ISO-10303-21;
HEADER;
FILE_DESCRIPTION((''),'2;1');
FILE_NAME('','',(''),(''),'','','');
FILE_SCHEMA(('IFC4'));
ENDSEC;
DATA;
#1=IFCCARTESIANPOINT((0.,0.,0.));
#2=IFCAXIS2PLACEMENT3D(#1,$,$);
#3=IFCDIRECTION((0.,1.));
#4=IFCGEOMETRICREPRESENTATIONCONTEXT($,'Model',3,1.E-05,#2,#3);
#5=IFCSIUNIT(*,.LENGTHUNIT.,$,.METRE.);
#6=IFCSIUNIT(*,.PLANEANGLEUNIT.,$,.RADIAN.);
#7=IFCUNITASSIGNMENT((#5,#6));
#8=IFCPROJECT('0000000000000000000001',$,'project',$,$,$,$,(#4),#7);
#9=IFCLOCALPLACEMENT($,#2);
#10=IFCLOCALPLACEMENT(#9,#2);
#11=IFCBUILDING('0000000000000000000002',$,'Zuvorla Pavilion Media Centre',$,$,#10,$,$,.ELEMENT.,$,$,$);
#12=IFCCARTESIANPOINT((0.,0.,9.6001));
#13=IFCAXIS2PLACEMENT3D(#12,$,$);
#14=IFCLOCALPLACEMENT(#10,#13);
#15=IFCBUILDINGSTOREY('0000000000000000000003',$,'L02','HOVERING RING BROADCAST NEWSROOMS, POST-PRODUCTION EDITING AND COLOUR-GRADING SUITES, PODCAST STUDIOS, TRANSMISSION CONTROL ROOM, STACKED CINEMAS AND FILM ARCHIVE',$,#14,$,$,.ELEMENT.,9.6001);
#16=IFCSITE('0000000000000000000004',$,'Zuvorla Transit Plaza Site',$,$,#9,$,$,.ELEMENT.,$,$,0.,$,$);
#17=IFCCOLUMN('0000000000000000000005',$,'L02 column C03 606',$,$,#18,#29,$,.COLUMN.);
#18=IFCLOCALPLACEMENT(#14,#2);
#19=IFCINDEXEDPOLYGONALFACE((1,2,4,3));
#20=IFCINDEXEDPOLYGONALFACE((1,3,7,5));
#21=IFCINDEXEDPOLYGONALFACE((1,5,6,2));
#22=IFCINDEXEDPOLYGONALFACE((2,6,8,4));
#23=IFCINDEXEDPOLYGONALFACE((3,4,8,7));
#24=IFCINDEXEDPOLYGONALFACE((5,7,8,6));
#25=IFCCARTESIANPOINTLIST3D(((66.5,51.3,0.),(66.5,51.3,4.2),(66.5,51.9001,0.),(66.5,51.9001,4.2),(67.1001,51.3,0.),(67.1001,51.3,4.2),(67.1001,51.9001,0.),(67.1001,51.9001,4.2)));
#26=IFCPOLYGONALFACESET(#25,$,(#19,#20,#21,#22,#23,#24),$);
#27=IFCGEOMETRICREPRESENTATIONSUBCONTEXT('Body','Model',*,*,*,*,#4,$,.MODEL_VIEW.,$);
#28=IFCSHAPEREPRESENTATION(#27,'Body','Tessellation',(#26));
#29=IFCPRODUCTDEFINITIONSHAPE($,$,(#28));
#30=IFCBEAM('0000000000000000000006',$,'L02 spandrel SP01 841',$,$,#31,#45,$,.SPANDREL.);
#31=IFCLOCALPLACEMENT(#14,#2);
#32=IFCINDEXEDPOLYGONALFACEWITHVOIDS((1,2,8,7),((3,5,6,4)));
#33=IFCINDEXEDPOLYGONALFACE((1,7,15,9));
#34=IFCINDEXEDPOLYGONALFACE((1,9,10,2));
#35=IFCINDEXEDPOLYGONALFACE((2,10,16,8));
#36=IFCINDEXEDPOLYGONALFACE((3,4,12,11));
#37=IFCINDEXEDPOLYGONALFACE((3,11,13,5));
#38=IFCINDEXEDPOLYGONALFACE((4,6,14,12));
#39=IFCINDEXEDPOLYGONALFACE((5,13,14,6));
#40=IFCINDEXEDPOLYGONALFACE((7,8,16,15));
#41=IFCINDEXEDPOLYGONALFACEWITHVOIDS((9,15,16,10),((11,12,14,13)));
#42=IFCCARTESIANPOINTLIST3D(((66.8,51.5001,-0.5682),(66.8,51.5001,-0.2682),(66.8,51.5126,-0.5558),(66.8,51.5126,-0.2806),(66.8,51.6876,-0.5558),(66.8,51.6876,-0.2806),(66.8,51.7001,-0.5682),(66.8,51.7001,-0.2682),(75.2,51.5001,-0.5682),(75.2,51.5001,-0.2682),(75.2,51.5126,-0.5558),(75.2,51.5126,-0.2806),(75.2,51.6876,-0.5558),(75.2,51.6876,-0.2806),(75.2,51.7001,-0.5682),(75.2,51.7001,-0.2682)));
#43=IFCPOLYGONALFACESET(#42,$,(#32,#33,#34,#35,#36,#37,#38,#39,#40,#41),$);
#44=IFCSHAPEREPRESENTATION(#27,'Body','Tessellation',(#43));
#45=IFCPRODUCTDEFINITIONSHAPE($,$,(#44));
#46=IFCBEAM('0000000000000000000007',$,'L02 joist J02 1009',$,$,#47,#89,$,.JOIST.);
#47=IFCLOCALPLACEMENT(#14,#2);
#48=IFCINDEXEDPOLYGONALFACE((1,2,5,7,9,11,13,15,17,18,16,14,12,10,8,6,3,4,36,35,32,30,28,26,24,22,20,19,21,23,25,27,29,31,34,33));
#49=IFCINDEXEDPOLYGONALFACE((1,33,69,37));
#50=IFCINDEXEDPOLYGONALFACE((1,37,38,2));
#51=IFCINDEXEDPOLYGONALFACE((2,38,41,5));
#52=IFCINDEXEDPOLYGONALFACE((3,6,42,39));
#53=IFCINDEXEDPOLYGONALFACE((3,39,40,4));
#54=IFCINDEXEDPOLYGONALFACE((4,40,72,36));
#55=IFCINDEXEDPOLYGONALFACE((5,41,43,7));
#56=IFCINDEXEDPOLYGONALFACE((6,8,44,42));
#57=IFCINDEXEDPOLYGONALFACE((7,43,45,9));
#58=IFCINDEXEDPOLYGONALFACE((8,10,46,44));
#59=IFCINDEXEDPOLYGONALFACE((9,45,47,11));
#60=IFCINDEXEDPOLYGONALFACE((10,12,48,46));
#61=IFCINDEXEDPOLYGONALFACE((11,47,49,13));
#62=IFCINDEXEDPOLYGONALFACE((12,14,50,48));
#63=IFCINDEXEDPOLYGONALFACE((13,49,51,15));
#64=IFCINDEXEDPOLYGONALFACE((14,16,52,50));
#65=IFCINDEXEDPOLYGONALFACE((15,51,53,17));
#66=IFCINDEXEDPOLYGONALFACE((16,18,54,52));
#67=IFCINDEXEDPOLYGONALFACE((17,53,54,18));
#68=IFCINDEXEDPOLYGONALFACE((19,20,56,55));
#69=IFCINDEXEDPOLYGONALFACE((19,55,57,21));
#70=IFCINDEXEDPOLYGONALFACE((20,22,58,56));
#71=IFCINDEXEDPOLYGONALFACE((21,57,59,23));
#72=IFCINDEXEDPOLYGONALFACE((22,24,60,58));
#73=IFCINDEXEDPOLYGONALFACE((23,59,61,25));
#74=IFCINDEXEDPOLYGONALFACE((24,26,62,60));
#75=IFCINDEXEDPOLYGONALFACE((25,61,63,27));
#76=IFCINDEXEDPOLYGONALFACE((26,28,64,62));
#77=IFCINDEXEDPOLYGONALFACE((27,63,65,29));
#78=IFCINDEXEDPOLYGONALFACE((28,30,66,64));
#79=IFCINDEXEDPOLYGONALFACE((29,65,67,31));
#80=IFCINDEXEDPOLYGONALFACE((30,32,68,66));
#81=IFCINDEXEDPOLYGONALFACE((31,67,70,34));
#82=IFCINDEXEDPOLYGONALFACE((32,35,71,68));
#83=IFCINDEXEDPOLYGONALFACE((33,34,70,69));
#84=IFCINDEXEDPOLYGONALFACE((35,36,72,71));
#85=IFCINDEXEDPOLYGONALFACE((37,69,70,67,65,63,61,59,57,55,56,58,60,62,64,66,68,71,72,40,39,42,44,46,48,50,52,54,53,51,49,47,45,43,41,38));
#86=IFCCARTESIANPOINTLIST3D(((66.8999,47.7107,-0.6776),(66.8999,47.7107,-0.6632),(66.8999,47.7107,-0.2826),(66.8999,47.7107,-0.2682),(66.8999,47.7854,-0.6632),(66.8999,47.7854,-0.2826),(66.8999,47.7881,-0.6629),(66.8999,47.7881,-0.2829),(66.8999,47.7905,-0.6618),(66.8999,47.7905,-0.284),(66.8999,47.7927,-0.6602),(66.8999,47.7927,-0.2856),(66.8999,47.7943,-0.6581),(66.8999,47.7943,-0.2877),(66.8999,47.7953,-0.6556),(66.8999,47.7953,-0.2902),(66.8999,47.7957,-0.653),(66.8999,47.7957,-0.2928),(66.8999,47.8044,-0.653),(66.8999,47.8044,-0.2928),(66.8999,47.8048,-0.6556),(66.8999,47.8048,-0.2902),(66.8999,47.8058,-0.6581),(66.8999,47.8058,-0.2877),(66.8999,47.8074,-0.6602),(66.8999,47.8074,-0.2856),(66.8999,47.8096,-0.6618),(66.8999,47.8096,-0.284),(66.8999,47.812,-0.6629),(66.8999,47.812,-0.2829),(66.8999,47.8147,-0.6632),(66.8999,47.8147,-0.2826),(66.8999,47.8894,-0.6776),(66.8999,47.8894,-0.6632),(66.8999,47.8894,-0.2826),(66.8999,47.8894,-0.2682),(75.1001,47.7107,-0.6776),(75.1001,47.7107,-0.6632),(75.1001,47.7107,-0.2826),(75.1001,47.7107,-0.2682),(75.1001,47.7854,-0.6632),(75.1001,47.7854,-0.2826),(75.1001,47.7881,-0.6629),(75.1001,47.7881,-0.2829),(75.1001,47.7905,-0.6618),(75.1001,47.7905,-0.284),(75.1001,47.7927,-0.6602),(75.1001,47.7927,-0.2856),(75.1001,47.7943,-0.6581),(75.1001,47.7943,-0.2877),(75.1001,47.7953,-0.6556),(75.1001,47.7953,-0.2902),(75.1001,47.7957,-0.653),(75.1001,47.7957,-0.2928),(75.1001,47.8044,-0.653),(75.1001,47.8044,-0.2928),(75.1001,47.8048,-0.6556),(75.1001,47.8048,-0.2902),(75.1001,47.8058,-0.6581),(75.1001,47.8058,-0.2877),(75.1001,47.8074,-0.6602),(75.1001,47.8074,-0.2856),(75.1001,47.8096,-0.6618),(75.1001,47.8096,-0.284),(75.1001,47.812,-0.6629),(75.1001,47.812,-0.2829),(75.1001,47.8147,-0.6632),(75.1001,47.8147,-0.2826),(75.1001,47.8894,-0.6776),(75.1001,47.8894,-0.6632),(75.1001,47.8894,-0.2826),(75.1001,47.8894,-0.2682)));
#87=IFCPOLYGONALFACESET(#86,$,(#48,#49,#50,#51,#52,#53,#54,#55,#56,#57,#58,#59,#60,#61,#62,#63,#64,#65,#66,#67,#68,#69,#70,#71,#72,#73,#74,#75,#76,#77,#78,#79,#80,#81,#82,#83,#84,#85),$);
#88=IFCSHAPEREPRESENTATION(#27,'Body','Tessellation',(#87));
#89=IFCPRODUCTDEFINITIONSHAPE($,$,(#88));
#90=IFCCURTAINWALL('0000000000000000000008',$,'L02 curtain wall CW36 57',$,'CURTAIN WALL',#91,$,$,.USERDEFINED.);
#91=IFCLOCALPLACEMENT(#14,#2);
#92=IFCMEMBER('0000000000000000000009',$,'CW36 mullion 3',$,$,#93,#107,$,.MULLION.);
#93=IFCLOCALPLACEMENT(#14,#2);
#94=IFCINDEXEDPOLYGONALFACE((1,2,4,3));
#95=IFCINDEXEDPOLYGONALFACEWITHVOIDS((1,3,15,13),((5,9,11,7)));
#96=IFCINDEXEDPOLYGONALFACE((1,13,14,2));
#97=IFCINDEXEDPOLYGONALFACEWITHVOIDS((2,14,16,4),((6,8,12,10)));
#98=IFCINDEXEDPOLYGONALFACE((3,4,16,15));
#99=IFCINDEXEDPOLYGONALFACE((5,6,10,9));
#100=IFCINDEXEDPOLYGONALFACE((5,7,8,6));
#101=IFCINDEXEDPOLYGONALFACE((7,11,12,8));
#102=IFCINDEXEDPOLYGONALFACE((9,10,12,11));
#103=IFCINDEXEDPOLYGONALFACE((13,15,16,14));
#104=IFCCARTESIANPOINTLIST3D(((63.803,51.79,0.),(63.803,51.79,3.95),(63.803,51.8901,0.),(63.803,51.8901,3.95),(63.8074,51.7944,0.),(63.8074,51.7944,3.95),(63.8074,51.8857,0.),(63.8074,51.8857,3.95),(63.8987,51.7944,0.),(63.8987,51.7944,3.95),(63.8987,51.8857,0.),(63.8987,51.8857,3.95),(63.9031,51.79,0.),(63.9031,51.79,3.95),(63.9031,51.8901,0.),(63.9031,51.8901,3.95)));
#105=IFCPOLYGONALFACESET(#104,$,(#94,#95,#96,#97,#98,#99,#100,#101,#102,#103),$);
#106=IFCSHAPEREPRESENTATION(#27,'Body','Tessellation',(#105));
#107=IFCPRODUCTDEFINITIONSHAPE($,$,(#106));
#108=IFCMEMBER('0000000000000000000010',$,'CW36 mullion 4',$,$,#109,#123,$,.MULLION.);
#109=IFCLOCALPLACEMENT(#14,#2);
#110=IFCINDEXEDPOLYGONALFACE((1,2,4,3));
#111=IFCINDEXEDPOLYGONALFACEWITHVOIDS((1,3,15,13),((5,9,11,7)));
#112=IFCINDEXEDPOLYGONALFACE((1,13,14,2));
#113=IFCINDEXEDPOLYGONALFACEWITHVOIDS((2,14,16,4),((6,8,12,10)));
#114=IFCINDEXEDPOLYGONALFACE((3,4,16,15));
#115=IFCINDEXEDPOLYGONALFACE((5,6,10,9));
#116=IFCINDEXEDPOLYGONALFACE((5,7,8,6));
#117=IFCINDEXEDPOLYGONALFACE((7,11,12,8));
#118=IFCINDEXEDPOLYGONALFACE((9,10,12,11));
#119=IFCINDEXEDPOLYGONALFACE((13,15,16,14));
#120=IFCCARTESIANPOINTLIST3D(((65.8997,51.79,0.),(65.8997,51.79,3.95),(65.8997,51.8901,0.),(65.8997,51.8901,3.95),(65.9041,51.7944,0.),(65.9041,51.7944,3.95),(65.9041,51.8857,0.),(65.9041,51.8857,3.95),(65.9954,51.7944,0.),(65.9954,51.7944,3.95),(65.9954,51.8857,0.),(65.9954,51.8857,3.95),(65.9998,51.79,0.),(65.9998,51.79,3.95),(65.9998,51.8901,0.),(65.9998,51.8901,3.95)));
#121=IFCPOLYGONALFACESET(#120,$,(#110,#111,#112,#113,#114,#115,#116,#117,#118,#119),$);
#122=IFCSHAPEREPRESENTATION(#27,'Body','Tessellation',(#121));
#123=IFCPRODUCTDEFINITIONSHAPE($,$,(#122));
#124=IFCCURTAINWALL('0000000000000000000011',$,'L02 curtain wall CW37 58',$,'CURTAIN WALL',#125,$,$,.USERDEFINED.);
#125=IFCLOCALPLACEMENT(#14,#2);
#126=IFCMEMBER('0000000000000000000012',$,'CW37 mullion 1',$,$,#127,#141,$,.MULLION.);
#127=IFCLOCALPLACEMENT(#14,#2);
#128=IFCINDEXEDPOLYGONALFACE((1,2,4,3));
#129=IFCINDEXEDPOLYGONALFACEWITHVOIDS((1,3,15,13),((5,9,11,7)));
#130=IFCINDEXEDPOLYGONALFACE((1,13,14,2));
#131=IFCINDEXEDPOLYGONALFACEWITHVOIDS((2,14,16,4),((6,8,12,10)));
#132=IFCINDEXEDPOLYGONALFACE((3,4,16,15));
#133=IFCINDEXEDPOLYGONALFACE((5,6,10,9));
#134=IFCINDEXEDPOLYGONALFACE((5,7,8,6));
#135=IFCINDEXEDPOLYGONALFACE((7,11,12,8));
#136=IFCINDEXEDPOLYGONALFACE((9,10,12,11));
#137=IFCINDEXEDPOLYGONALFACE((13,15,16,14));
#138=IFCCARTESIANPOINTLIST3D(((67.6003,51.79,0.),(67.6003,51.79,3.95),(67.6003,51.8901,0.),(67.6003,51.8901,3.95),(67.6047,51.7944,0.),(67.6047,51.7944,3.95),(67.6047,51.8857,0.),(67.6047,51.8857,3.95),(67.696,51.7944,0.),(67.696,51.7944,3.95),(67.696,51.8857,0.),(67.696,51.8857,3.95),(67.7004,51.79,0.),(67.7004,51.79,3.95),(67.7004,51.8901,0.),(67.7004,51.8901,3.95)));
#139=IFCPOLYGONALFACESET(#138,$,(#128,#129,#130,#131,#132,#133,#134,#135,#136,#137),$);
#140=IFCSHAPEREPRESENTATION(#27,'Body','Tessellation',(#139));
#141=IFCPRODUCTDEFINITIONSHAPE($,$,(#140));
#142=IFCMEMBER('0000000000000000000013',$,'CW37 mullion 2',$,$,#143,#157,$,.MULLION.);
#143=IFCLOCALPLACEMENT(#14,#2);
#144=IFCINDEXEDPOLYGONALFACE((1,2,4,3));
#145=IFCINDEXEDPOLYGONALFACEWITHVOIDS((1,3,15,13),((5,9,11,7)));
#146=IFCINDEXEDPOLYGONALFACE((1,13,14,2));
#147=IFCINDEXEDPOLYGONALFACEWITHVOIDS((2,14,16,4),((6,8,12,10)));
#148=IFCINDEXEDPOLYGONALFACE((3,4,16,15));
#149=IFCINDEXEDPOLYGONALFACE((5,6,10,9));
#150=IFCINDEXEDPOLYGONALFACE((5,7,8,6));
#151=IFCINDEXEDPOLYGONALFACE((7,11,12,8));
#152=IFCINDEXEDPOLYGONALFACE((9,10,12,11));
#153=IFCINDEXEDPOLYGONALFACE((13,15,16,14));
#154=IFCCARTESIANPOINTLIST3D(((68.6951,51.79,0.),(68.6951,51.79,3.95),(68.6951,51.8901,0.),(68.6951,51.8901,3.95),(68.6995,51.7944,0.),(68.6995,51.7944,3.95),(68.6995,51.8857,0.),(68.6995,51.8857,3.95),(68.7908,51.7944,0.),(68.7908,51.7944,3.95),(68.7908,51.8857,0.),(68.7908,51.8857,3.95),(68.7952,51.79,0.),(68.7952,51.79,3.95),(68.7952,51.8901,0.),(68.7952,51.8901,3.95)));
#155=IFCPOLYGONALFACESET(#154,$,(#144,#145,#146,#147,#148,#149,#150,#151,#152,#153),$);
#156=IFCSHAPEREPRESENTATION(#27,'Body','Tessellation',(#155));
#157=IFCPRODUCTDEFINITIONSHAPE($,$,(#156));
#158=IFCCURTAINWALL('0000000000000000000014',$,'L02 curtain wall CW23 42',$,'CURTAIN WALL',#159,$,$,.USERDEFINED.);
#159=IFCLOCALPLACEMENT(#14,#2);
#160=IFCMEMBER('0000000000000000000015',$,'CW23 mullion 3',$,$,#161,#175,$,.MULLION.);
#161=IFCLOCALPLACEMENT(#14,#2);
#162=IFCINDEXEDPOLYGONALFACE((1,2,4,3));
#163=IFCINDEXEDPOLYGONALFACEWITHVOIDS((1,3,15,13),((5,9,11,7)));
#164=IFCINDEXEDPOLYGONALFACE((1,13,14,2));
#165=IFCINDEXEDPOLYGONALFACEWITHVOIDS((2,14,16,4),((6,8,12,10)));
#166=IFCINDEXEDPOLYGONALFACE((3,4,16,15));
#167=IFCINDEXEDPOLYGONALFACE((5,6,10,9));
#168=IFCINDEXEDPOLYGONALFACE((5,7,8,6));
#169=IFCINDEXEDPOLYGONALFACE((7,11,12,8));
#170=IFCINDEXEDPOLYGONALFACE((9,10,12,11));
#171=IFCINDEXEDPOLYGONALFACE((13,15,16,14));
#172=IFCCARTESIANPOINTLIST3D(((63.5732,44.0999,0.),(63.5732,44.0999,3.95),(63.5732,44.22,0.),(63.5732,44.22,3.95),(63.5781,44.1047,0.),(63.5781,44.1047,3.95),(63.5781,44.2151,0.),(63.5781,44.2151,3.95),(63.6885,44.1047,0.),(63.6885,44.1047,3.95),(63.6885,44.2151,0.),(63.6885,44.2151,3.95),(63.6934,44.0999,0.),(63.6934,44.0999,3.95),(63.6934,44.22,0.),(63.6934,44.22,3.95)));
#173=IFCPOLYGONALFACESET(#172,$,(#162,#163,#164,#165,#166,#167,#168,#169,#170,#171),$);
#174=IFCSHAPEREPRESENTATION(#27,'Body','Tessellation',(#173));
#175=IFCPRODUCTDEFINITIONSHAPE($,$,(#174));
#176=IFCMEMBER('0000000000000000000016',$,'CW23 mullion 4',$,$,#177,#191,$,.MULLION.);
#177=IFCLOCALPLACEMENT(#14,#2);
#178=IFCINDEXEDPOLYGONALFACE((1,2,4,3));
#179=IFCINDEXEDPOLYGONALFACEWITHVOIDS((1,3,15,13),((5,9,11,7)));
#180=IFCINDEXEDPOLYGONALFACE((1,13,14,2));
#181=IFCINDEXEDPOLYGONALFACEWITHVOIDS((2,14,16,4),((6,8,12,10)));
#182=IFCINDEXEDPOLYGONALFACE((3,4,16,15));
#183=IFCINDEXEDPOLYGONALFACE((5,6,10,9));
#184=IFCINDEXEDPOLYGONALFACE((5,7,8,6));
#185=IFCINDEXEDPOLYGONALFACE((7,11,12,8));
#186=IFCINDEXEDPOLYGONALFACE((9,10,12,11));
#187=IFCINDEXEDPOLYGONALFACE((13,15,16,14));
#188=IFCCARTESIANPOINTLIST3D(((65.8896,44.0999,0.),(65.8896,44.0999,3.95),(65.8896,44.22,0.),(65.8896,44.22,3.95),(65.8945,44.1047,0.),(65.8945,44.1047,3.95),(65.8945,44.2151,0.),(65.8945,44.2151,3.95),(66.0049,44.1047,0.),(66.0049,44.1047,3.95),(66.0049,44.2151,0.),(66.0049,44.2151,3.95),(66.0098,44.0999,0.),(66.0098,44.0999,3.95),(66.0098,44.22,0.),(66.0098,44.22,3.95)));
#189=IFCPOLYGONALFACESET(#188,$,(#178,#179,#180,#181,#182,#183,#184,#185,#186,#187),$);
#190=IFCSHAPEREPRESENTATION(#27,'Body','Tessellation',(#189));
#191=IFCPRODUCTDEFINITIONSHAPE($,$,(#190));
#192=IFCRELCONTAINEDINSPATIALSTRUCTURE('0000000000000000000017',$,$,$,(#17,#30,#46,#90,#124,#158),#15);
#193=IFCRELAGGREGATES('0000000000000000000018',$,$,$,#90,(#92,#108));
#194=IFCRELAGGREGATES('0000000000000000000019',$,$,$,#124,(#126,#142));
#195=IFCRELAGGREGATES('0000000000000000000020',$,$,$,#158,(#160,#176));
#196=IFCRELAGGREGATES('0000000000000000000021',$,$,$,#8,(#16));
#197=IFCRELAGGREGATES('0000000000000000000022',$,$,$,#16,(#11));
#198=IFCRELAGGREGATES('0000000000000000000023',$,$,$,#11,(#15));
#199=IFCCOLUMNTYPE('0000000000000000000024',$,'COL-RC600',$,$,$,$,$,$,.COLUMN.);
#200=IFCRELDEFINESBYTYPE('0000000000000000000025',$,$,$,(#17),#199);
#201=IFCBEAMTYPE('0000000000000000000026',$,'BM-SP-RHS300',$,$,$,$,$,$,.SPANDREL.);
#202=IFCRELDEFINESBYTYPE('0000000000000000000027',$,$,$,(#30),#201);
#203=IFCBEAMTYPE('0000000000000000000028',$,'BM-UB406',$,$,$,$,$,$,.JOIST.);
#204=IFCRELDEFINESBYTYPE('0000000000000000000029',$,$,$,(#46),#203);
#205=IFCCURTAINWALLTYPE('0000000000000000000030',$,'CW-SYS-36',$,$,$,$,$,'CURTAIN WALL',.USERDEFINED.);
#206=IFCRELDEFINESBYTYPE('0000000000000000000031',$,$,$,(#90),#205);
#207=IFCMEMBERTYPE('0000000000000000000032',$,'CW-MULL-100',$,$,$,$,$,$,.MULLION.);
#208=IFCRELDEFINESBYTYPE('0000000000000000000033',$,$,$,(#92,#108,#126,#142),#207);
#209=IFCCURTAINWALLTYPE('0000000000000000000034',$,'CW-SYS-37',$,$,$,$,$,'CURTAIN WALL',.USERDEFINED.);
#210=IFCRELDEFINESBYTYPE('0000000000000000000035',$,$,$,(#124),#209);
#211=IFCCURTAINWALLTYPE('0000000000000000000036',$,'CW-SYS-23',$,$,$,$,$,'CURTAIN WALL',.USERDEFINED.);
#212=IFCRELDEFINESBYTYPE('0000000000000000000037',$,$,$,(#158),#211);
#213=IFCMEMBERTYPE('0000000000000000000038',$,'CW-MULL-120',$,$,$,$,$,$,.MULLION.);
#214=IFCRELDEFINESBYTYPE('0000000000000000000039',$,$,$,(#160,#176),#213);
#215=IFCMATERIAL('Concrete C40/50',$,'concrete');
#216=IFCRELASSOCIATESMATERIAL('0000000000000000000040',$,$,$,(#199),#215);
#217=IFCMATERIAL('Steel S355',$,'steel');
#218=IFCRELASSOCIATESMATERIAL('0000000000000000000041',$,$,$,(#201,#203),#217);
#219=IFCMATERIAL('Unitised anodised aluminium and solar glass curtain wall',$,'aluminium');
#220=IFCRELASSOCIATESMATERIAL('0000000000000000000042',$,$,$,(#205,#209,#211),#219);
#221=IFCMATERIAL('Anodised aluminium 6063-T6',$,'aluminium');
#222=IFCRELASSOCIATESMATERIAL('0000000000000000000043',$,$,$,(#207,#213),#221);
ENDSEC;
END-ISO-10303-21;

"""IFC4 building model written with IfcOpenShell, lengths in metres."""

from ifc_helpers import new_model, si_unit, direction, frame, origin, origin_2d, place, context, subcontext, project, spatial, rectangle, hollow_rectangle, i_section, extrude, material, material_profile, profile_set, type_object, element, aggregate, save


model = new_model("IFC4")

# Units and contexts
model_context = context("Model", 3, precision=1e-05, world=origin(), true_north=direction((0.0, 1.0)))
body_context = subcontext(model_context, "Body", "Model", "MODEL_VIEW")
ifc_project = project(units=[si_unit("LENGTHUNIT", "METRE"), si_unit("PLANEANGLEUNIT", "RADIAN")], contexts=[model_context])

# Site, building, storey
site_placement = place(None, origin())
site = spatial("IfcSite", under=ifc_project, at=site_placement, Name="Zuvorla Transit Plaza Site", CompositionType="ELEMENT", RefElevation=0.0)
building_placement = place(site_placement, origin())
building = spatial("IfcBuilding", under=site, at=building_placement, Name="Zuvorla Pavilion Media Centre", CompositionType="ELEMENT")
storey_placement = place(building_placement, frame((0.0, 0.0, 9.6001)))
storey = spatial("IfcBuildingStorey", under=building, at=storey_placement, Name="L02", Description="HOVERING RING BROADCAST NEWSROOMS, POST-PRODUCTION EDITING AND COLOUR-GRADING SUITES, PODCAST STUDIOS, TRANSMISSION CONTROL ROOM, STACKED CINEMAS AND FILM ARCHIVE", CompositionType="ELEMENT", Elevation=9.6001)

# Column
ifc_material_1 = material(Name="Concrete C40/50", Category="concrete")
ifc_material_profile_1 = material_profile(ifc_material_1, rectangle(XDim=0.6001, YDim=0.6001, at=origin_2d()), Name="RC 600x600")
ifc_profile_set_1 = profile_set([ifc_material_profile_1], Name="Concrete C40/50")
column_type = type_object("IfcColumnType", Name="COL-RC600", PredefinedType="COLUMN", material=ifc_profile_set_1)
column_placement = place(storey_placement, frame((66.8, 51.6001, 0.0), z_axis=(0.0, 0.0, 1.0), x_axis=(1.0, 0.0, 0.0)))
element("IfcColumn", 1, at=column_placement, inside=storey, type_object=column_type, Name="L02 column C03 606", PredefinedType="COLUMN", context=body_context, shape_type="SweptSolid", body=[
    extrude(rectangle(XDim=0.6001, YDim=0.6001, at=origin_2d()), origin(), (0.0, 0.0, 1.0), 4.2),
])

# Beams
ifc_material_2 = material(Name="Steel S355", Category="steel")
ifc_material_profile_2 = material_profile(ifc_material_2, hollow_rectangle(XDim=0.2, YDim=0.3, WallThickness=0.0125, at=origin_2d()), Name="RHS 300x200x12.5")
ifc_profile_set_2 = profile_set([ifc_material_profile_2], Name="Steel S355")
beam_type_1 = type_object("IfcBeamType", Name="BM-SP-RHS300", PredefinedType="SPANDREL", material=ifc_profile_set_2)
beam_1_placement = place(storey_placement, frame((66.8, 51.6001, -0.4182), z_axis=(1.0, 0.0, 0.0), x_axis=(0.0, 1.0, 0.0)))
element("IfcBeam", 2, at=beam_1_placement, inside=storey, type_object=beam_type_1, Name="L02 spandrel SP01 841", PredefinedType="SPANDREL", context=body_context, shape_type="SweptSolid", body=[
    extrude(hollow_rectangle(XDim=0.2, YDim=0.3, WallThickness=0.0125, at=origin_2d()), origin(), (0.0, 0.0, 1.0), 8.3999),
])
ifc_material_profile_3 = material_profile(ifc_material_2, i_section(OverallWidth=0.1787, OverallDepth=0.4094, WebThickness=0.0088, FlangeThickness=0.0144, FilletRadius=0.0103, at=origin_2d()), Name="UB 406x178x67")
ifc_profile_set_3 = profile_set([ifc_material_profile_3], Name="Steel S355")
beam_type_2 = type_object("IfcBeamType", Name="BM-UB406", PredefinedType="JOIST", material=ifc_profile_set_3)
beam_2_placement = place(storey_placement, frame((66.8999, 47.8, -0.4729), z_axis=(1.0, 0.0, 0.0), x_axis=(0.0, 1.0, 0.0)))
element("IfcBeam", 3, at=beam_2_placement, inside=storey, type_object=beam_type_2, Name="L02 joist J02 1009", PredefinedType="JOIST", context=body_context, shape_type="SweptSolid", body=[
    extrude(i_section(OverallWidth=0.1787, OverallDepth=0.4094, WebThickness=0.0088, FlangeThickness=0.0144, FilletRadius=0.0103, at=origin_2d()), origin(), (0.0, 0.0, 1.0), 8.2002),
])

# Curtain walls, members
ifc_material_3 = material(Name="Unitised anodised aluminium and solar glass curtain wall", Category="aluminium")
curtain_wall_type_1 = type_object("IfcCurtainWallType", Name="CW-SYS-36", ElementType="CURTAIN WALL", PredefinedType="USERDEFINED", material=ifc_material_3)
curtain_wall_1_placement = place(storey_placement, origin())
curtain_wall_1 = element("IfcCurtainWall", 4, at=curtain_wall_1_placement, inside=storey, type_object=curtain_wall_type_1, Name="L02 curtain wall CW36 57", ObjectType="CURTAIN WALL", PredefinedType="USERDEFINED")
ifc_material_4 = material(Name="Anodised aluminium 6063-T6", Category="aluminium")
ifc_material_profile_4 = material_profile(ifc_material_4, hollow_rectangle(XDim=0.1001, YDim=0.1001, WallThickness=0.0044, at=origin_2d()), Name="ALU MULL 100x100")
ifc_profile_set_4 = profile_set([ifc_material_profile_4], Name="Anodised aluminium 6063-T6")
member_type_1 = type_object("IfcMemberType", Name="CW-MULL-100", PredefinedType="MULLION", material=ifc_profile_set_4)
member_1_placement = place(storey_placement, frame((63.853, 51.8401, 0.0), z_axis=(0.0, 0.0, 1.0), x_axis=(1.0, 0.0, 0.0)))
member_1 = element("IfcMember", 5, at=member_1_placement, type_object=member_type_1, Name="CW36 mullion 3", PredefinedType="MULLION", context=body_context, shape_type="SweptSolid", body=[
    extrude(hollow_rectangle(XDim=0.1001, YDim=0.1001, WallThickness=0.0044, at=origin_2d()), origin(), (0.0, 0.0, 1.0), 3.95),
])
member_2_placement = place(storey_placement, frame((65.9497, 51.8401, 0.0), z_axis=(0.0, 0.0, 1.0), x_axis=(1.0, 0.0, 0.0)))
member_2 = element("IfcMember", 6, at=member_2_placement, type_object=member_type_1, Name="CW36 mullion 4", PredefinedType="MULLION", context=body_context, shape_type="SweptSolid", body=[
    extrude(hollow_rectangle(XDim=0.1001, YDim=0.1001, WallThickness=0.0044, at=origin_2d()), origin(), (0.0, 0.0, 1.0), 3.95),
])
curtain_wall_type_2 = type_object("IfcCurtainWallType", Name="CW-SYS-37", ElementType="CURTAIN WALL", PredefinedType="USERDEFINED", material=ifc_material_3)
curtain_wall_2_placement = place(storey_placement, origin())
curtain_wall_2 = element("IfcCurtainWall", 7, at=curtain_wall_2_placement, inside=storey, type_object=curtain_wall_type_2, Name="L02 curtain wall CW37 58", ObjectType="CURTAIN WALL", PredefinedType="USERDEFINED")
member_3_placement = place(storey_placement, frame((67.6504, 51.8401, 0.0), z_axis=(0.0, 0.0, 1.0), x_axis=(1.0, 0.0, 0.0)))
member_3 = element("IfcMember", 8, at=member_3_placement, type_object=member_type_1, Name="CW37 mullion 1", PredefinedType="MULLION", context=body_context, shape_type="SweptSolid", body=[
    extrude(hollow_rectangle(XDim=0.1001, YDim=0.1001, WallThickness=0.0044, at=origin_2d()), origin(), (0.0, 0.0, 1.0), 3.95),
])
member_4_placement = place(storey_placement, frame((68.7451, 51.8401, 0.0), z_axis=(0.0, 0.0, 1.0), x_axis=(1.0, 0.0, 0.0)))
member_4 = element("IfcMember", 9, at=member_4_placement, type_object=member_type_1, Name="CW37 mullion 2", PredefinedType="MULLION", context=body_context, shape_type="SweptSolid", body=[
    extrude(hollow_rectangle(XDim=0.1001, YDim=0.1001, WallThickness=0.0044, at=origin_2d()), origin(), (0.0, 0.0, 1.0), 3.95),
])
curtain_wall_type_3 = type_object("IfcCurtainWallType", Name="CW-SYS-23", ElementType="CURTAIN WALL", PredefinedType="USERDEFINED", material=ifc_material_3)
curtain_wall_3_placement = place(storey_placement, origin())
curtain_wall_3 = element("IfcCurtainWall", 10, at=curtain_wall_3_placement, inside=storey, type_object=curtain_wall_type_3, Name="L02 curtain wall CW23 42", ObjectType="CURTAIN WALL", PredefinedType="USERDEFINED")
ifc_material_profile_5 = material_profile(ifc_material_4, hollow_rectangle(XDim=0.1201, YDim=0.1201, WallThickness=0.0049, at=origin_2d()), Name="ALU MULL 120x120")
ifc_profile_set_5 = profile_set([ifc_material_profile_5], Name="Anodised aluminium 6063-T6")
member_type_2 = type_object("IfcMemberType", Name="CW-MULL-120", PredefinedType="MULLION", material=ifc_profile_set_5)
member_5_placement = place(storey_placement, frame((63.6333, 44.1599, 0.0), z_axis=(0.0, 0.0, 1.0), x_axis=(1.0, 0.0, 0.0)))
member_5 = element("IfcMember", 11, at=member_5_placement, type_object=member_type_2, Name="CW23 mullion 3", PredefinedType="MULLION", context=body_context, shape_type="SweptSolid", body=[
    extrude(hollow_rectangle(XDim=0.1201, YDim=0.1201, WallThickness=0.0049, at=origin_2d()), origin(), (0.0, 0.0, 1.0), 3.95),
])
member_6_placement = place(storey_placement, frame((65.9497, 44.1599, 0.0), z_axis=(0.0, 0.0, 1.0), x_axis=(1.0, 0.0, 0.0)))
member_6 = element("IfcMember", 12, at=member_6_placement, type_object=member_type_2, Name="CW23 mullion 4", PredefinedType="MULLION", context=body_context, shape_type="SweptSolid", body=[
    extrude(hollow_rectangle(XDim=0.1201, YDim=0.1201, WallThickness=0.0049, at=origin_2d()), origin(), (0.0, 0.0, 1.0), 3.95),
])

aggregate(curtain_wall_1, [member_1, member_2])
aggregate(curtain_wall_2, [member_3, member_4])
aggregate(curtain_wall_3, [member_5, member_6])

save(model, "model.ifc")
